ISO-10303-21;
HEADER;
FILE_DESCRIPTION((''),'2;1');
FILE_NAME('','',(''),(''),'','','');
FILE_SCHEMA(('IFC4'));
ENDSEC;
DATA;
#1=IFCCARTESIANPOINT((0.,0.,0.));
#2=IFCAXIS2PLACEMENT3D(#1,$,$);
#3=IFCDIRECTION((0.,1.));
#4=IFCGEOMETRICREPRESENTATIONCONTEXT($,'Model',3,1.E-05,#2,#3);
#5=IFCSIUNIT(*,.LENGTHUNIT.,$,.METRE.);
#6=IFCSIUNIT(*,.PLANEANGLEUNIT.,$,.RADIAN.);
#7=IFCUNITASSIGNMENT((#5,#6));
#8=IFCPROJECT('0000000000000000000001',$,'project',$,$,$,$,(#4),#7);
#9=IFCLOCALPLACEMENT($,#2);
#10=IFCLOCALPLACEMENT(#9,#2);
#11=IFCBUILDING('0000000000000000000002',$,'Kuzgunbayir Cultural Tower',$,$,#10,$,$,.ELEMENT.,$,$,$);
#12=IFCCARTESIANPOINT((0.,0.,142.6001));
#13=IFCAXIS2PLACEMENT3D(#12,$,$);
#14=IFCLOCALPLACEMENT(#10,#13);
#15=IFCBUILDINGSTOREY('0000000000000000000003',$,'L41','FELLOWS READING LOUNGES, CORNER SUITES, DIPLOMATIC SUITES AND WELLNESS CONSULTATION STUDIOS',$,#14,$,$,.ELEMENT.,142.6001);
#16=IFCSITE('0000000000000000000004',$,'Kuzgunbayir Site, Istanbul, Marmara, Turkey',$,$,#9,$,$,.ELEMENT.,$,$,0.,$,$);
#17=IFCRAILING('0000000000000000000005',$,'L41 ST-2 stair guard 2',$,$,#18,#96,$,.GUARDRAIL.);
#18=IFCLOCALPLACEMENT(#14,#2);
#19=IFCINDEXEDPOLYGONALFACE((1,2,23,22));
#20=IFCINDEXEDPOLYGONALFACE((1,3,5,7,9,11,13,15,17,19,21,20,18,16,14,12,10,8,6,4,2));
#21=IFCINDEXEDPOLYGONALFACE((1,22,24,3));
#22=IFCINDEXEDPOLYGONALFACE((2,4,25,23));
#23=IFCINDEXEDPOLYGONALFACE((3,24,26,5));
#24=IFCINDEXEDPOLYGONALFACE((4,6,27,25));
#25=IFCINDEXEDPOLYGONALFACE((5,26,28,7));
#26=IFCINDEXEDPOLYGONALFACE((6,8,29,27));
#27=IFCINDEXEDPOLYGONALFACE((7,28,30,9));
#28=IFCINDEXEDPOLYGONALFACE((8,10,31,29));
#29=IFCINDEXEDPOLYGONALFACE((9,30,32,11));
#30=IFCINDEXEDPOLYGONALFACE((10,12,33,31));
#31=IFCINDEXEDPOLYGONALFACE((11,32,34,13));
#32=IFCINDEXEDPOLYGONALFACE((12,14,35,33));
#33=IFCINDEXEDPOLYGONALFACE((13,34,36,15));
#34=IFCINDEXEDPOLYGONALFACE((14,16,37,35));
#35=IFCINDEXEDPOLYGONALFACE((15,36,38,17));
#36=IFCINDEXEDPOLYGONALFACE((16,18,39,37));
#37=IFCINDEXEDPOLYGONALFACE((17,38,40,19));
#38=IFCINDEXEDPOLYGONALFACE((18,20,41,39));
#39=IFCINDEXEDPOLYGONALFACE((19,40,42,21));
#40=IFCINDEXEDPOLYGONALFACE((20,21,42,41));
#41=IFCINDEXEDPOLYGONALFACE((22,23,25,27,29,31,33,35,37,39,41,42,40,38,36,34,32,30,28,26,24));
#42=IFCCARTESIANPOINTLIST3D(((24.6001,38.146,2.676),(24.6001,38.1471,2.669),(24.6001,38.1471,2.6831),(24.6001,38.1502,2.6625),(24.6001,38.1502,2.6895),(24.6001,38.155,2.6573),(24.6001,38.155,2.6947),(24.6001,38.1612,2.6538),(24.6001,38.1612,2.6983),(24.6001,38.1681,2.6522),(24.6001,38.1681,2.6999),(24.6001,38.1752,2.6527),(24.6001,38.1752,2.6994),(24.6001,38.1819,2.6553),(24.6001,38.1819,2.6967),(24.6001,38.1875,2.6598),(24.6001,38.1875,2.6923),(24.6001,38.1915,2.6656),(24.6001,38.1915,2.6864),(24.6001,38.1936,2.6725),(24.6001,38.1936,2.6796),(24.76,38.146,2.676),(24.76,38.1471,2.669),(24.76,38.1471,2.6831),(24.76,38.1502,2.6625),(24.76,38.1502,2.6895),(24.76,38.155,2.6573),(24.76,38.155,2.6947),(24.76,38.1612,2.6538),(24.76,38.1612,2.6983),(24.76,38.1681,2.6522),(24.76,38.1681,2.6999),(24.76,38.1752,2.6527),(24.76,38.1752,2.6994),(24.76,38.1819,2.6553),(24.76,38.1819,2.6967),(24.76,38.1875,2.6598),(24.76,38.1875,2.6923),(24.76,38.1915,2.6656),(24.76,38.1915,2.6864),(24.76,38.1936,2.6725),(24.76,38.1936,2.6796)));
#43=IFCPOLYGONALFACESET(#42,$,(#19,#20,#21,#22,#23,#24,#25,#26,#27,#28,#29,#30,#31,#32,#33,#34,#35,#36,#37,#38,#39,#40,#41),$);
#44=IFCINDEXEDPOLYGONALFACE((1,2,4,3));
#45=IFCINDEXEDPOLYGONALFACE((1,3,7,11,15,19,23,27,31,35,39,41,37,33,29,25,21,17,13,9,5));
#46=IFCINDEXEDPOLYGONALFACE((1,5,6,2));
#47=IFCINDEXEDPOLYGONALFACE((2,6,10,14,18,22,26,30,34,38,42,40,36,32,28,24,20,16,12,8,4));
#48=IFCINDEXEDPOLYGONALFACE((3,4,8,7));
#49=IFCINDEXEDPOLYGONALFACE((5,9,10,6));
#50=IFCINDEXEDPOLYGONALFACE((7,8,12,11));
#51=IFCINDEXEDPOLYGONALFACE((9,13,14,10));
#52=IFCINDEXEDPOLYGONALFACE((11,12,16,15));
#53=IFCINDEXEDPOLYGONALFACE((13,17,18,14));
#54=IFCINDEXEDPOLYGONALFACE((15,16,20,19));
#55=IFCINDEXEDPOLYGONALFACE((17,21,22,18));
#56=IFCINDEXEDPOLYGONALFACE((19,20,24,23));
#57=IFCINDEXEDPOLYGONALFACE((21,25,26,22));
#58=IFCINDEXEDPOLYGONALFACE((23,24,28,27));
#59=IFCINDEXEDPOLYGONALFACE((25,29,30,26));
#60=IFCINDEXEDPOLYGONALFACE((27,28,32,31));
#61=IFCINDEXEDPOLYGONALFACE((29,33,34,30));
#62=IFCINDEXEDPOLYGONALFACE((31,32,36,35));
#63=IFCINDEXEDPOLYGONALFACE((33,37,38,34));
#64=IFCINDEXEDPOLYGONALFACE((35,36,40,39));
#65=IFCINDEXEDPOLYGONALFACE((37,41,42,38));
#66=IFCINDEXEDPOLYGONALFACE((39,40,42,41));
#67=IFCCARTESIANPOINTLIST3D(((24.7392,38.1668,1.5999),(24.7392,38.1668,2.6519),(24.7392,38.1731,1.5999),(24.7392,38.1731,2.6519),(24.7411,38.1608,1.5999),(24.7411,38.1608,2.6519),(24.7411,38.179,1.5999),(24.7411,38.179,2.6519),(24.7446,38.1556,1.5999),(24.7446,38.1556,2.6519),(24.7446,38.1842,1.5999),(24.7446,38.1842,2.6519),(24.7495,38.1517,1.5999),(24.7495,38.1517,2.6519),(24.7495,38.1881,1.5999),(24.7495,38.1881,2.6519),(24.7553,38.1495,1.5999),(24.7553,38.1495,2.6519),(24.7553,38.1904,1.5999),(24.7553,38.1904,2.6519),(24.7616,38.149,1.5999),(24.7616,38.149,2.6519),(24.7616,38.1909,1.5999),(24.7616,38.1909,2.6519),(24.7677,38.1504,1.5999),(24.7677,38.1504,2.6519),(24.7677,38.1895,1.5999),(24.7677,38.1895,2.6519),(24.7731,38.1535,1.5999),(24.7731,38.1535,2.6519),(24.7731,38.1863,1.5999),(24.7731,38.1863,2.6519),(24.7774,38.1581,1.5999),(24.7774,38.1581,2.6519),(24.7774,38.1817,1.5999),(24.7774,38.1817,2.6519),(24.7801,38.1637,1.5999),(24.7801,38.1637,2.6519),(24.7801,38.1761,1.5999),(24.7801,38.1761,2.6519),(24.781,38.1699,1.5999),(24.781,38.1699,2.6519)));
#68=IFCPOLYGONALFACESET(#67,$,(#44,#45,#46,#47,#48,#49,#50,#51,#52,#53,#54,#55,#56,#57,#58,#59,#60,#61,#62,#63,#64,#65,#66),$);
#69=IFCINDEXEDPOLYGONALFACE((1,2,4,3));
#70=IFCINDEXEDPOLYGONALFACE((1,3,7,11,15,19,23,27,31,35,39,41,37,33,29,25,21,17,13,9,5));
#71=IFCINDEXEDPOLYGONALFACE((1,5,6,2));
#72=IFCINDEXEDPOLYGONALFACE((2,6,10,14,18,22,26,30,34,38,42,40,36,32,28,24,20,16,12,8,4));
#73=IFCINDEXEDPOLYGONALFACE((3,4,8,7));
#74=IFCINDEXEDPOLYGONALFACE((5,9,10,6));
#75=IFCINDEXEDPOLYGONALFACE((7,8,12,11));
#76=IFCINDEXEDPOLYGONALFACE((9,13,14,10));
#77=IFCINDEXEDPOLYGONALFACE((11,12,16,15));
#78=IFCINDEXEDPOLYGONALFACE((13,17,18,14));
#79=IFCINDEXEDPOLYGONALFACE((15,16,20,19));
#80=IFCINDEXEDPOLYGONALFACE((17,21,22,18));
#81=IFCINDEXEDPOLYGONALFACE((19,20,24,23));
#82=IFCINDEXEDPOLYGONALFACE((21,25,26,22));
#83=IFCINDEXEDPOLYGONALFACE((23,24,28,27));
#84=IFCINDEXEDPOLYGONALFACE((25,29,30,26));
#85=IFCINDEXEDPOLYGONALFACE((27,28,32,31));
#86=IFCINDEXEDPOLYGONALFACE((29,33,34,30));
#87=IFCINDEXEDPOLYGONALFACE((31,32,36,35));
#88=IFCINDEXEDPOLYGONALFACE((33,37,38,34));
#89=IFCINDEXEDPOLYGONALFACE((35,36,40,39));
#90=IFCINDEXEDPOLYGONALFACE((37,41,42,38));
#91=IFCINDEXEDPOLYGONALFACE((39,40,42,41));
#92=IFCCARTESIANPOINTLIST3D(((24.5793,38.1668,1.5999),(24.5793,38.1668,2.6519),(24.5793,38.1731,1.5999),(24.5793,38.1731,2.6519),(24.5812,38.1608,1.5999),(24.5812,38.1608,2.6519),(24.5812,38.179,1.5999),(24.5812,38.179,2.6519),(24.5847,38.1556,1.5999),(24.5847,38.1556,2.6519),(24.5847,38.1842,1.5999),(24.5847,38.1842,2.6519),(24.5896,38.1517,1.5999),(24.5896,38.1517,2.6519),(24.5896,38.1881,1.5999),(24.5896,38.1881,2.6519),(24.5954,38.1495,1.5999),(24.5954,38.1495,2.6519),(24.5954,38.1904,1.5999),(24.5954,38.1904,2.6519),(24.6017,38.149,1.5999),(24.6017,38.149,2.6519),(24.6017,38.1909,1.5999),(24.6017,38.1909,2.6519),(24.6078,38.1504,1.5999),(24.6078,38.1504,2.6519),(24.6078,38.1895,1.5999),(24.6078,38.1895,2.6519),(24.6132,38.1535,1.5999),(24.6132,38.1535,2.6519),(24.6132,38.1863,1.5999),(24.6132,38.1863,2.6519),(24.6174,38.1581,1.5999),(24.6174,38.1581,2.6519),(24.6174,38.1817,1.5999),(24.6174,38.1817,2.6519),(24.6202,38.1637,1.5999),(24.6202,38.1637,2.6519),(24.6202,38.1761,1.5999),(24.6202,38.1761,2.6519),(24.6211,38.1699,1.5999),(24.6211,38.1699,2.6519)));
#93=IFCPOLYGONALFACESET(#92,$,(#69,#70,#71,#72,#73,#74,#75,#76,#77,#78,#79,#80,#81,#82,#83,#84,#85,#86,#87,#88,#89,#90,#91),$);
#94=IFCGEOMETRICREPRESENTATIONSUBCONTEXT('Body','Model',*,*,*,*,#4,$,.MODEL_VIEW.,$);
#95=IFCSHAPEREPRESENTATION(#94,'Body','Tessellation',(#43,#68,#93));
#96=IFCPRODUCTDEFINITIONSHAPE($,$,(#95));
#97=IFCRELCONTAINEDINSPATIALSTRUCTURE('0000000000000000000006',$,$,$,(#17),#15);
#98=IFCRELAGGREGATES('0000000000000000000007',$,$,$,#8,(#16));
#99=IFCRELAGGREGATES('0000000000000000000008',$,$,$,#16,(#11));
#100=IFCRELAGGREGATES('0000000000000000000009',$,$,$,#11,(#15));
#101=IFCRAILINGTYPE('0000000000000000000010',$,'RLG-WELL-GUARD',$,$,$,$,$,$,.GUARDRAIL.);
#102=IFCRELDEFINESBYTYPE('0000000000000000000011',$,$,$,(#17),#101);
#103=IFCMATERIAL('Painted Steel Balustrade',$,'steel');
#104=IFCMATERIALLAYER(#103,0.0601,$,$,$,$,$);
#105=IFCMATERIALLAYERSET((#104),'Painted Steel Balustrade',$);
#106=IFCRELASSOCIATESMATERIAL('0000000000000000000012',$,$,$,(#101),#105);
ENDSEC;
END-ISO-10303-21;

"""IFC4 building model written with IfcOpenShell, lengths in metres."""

from ifc_helpers import new_model, si_unit, direction, frame, origin, origin_2d, place, context, subcontext, project, spatial, circle, extrude, material, layer, layer_set, type_object, element, save


model = new_model("IFC4")

# Units and contexts
model_context = context("Model", 3, precision=1e-05, world=origin(), true_north=direction((0.0, 1.0)))
body_context = subcontext(model_context, "Body", "Model", "MODEL_VIEW")
ifc_project = project(units=[si_unit("LENGTHUNIT", "METRE"), si_unit("PLANEANGLEUNIT", "RADIAN")], contexts=[model_context])

# Site, building, storey
site_placement = place(None, origin())
site = spatial("IfcSite", under=ifc_project, at=site_placement, Name="Kuzgunbayir Site, Istanbul, Marmara, Turkey", CompositionType="ELEMENT", RefElevation=0.0)
building_placement = place(site_placement, origin())
building = spatial("IfcBuilding", under=site, at=building_placement, Name="Kuzgunbayir Cultural Tower", CompositionType="ELEMENT")
storey_placement = place(building_placement, frame((0.0, 0.0, 142.6001)))
storey = spatial("IfcBuildingStorey", under=building, at=storey_placement, Name="L41", Description="FELLOWS READING LOUNGES, CORNER SUITES, DIPLOMATIC SUITES AND WELLNESS CONSULTATION STUDIOS", CompositionType="ELEMENT", Elevation=142.6001)

# Railing
ifc_material_1 = material(Name="Painted Steel Balustrade", Category="steel")
ifc_layer_1 = layer(ifc_material_1, 0.0601)
ifc_layer_set_1 = layer_set([ifc_layer_1], Name="Painted Steel Balustrade")
railing_type_1 = type_object("IfcRailingType", Name="RLG-WELL-GUARD", PredefinedType="GUARDRAIL", material=ifc_layer_set_1)
railing_1_placement = place(storey_placement, frame((24.76, 38.1699, 1.5999)))
element("IfcRailing", 1, at=railing_1_placement, inside=storey, type_object=railing_type_1, Name="L41 ST-2 stair guard 2", PredefinedType="GUARDRAIL", context=body_context, shape_type="SweptSolid", body=[
    extrude(circle(Radius=0.0239, at=origin_2d()), frame((0.0, 0.0, 1.0762), z_axis=(-1.0, 0.0, 0.0), x_axis=(0.0, -1.0, 0.0)), (0.0, 0.0, 1.0), 0.1599),
    extrude(circle(Radius=0.021, at=origin_2d()), origin(), (0.0, 0.0, 1.0), 1.052),
    extrude(circle(Radius=0.021, at=origin_2d()), frame((-0.1599, 0.0, 0.0)), (0.0, 0.0, 1.0), 1.052),
])

save(model, "model.ifc")
